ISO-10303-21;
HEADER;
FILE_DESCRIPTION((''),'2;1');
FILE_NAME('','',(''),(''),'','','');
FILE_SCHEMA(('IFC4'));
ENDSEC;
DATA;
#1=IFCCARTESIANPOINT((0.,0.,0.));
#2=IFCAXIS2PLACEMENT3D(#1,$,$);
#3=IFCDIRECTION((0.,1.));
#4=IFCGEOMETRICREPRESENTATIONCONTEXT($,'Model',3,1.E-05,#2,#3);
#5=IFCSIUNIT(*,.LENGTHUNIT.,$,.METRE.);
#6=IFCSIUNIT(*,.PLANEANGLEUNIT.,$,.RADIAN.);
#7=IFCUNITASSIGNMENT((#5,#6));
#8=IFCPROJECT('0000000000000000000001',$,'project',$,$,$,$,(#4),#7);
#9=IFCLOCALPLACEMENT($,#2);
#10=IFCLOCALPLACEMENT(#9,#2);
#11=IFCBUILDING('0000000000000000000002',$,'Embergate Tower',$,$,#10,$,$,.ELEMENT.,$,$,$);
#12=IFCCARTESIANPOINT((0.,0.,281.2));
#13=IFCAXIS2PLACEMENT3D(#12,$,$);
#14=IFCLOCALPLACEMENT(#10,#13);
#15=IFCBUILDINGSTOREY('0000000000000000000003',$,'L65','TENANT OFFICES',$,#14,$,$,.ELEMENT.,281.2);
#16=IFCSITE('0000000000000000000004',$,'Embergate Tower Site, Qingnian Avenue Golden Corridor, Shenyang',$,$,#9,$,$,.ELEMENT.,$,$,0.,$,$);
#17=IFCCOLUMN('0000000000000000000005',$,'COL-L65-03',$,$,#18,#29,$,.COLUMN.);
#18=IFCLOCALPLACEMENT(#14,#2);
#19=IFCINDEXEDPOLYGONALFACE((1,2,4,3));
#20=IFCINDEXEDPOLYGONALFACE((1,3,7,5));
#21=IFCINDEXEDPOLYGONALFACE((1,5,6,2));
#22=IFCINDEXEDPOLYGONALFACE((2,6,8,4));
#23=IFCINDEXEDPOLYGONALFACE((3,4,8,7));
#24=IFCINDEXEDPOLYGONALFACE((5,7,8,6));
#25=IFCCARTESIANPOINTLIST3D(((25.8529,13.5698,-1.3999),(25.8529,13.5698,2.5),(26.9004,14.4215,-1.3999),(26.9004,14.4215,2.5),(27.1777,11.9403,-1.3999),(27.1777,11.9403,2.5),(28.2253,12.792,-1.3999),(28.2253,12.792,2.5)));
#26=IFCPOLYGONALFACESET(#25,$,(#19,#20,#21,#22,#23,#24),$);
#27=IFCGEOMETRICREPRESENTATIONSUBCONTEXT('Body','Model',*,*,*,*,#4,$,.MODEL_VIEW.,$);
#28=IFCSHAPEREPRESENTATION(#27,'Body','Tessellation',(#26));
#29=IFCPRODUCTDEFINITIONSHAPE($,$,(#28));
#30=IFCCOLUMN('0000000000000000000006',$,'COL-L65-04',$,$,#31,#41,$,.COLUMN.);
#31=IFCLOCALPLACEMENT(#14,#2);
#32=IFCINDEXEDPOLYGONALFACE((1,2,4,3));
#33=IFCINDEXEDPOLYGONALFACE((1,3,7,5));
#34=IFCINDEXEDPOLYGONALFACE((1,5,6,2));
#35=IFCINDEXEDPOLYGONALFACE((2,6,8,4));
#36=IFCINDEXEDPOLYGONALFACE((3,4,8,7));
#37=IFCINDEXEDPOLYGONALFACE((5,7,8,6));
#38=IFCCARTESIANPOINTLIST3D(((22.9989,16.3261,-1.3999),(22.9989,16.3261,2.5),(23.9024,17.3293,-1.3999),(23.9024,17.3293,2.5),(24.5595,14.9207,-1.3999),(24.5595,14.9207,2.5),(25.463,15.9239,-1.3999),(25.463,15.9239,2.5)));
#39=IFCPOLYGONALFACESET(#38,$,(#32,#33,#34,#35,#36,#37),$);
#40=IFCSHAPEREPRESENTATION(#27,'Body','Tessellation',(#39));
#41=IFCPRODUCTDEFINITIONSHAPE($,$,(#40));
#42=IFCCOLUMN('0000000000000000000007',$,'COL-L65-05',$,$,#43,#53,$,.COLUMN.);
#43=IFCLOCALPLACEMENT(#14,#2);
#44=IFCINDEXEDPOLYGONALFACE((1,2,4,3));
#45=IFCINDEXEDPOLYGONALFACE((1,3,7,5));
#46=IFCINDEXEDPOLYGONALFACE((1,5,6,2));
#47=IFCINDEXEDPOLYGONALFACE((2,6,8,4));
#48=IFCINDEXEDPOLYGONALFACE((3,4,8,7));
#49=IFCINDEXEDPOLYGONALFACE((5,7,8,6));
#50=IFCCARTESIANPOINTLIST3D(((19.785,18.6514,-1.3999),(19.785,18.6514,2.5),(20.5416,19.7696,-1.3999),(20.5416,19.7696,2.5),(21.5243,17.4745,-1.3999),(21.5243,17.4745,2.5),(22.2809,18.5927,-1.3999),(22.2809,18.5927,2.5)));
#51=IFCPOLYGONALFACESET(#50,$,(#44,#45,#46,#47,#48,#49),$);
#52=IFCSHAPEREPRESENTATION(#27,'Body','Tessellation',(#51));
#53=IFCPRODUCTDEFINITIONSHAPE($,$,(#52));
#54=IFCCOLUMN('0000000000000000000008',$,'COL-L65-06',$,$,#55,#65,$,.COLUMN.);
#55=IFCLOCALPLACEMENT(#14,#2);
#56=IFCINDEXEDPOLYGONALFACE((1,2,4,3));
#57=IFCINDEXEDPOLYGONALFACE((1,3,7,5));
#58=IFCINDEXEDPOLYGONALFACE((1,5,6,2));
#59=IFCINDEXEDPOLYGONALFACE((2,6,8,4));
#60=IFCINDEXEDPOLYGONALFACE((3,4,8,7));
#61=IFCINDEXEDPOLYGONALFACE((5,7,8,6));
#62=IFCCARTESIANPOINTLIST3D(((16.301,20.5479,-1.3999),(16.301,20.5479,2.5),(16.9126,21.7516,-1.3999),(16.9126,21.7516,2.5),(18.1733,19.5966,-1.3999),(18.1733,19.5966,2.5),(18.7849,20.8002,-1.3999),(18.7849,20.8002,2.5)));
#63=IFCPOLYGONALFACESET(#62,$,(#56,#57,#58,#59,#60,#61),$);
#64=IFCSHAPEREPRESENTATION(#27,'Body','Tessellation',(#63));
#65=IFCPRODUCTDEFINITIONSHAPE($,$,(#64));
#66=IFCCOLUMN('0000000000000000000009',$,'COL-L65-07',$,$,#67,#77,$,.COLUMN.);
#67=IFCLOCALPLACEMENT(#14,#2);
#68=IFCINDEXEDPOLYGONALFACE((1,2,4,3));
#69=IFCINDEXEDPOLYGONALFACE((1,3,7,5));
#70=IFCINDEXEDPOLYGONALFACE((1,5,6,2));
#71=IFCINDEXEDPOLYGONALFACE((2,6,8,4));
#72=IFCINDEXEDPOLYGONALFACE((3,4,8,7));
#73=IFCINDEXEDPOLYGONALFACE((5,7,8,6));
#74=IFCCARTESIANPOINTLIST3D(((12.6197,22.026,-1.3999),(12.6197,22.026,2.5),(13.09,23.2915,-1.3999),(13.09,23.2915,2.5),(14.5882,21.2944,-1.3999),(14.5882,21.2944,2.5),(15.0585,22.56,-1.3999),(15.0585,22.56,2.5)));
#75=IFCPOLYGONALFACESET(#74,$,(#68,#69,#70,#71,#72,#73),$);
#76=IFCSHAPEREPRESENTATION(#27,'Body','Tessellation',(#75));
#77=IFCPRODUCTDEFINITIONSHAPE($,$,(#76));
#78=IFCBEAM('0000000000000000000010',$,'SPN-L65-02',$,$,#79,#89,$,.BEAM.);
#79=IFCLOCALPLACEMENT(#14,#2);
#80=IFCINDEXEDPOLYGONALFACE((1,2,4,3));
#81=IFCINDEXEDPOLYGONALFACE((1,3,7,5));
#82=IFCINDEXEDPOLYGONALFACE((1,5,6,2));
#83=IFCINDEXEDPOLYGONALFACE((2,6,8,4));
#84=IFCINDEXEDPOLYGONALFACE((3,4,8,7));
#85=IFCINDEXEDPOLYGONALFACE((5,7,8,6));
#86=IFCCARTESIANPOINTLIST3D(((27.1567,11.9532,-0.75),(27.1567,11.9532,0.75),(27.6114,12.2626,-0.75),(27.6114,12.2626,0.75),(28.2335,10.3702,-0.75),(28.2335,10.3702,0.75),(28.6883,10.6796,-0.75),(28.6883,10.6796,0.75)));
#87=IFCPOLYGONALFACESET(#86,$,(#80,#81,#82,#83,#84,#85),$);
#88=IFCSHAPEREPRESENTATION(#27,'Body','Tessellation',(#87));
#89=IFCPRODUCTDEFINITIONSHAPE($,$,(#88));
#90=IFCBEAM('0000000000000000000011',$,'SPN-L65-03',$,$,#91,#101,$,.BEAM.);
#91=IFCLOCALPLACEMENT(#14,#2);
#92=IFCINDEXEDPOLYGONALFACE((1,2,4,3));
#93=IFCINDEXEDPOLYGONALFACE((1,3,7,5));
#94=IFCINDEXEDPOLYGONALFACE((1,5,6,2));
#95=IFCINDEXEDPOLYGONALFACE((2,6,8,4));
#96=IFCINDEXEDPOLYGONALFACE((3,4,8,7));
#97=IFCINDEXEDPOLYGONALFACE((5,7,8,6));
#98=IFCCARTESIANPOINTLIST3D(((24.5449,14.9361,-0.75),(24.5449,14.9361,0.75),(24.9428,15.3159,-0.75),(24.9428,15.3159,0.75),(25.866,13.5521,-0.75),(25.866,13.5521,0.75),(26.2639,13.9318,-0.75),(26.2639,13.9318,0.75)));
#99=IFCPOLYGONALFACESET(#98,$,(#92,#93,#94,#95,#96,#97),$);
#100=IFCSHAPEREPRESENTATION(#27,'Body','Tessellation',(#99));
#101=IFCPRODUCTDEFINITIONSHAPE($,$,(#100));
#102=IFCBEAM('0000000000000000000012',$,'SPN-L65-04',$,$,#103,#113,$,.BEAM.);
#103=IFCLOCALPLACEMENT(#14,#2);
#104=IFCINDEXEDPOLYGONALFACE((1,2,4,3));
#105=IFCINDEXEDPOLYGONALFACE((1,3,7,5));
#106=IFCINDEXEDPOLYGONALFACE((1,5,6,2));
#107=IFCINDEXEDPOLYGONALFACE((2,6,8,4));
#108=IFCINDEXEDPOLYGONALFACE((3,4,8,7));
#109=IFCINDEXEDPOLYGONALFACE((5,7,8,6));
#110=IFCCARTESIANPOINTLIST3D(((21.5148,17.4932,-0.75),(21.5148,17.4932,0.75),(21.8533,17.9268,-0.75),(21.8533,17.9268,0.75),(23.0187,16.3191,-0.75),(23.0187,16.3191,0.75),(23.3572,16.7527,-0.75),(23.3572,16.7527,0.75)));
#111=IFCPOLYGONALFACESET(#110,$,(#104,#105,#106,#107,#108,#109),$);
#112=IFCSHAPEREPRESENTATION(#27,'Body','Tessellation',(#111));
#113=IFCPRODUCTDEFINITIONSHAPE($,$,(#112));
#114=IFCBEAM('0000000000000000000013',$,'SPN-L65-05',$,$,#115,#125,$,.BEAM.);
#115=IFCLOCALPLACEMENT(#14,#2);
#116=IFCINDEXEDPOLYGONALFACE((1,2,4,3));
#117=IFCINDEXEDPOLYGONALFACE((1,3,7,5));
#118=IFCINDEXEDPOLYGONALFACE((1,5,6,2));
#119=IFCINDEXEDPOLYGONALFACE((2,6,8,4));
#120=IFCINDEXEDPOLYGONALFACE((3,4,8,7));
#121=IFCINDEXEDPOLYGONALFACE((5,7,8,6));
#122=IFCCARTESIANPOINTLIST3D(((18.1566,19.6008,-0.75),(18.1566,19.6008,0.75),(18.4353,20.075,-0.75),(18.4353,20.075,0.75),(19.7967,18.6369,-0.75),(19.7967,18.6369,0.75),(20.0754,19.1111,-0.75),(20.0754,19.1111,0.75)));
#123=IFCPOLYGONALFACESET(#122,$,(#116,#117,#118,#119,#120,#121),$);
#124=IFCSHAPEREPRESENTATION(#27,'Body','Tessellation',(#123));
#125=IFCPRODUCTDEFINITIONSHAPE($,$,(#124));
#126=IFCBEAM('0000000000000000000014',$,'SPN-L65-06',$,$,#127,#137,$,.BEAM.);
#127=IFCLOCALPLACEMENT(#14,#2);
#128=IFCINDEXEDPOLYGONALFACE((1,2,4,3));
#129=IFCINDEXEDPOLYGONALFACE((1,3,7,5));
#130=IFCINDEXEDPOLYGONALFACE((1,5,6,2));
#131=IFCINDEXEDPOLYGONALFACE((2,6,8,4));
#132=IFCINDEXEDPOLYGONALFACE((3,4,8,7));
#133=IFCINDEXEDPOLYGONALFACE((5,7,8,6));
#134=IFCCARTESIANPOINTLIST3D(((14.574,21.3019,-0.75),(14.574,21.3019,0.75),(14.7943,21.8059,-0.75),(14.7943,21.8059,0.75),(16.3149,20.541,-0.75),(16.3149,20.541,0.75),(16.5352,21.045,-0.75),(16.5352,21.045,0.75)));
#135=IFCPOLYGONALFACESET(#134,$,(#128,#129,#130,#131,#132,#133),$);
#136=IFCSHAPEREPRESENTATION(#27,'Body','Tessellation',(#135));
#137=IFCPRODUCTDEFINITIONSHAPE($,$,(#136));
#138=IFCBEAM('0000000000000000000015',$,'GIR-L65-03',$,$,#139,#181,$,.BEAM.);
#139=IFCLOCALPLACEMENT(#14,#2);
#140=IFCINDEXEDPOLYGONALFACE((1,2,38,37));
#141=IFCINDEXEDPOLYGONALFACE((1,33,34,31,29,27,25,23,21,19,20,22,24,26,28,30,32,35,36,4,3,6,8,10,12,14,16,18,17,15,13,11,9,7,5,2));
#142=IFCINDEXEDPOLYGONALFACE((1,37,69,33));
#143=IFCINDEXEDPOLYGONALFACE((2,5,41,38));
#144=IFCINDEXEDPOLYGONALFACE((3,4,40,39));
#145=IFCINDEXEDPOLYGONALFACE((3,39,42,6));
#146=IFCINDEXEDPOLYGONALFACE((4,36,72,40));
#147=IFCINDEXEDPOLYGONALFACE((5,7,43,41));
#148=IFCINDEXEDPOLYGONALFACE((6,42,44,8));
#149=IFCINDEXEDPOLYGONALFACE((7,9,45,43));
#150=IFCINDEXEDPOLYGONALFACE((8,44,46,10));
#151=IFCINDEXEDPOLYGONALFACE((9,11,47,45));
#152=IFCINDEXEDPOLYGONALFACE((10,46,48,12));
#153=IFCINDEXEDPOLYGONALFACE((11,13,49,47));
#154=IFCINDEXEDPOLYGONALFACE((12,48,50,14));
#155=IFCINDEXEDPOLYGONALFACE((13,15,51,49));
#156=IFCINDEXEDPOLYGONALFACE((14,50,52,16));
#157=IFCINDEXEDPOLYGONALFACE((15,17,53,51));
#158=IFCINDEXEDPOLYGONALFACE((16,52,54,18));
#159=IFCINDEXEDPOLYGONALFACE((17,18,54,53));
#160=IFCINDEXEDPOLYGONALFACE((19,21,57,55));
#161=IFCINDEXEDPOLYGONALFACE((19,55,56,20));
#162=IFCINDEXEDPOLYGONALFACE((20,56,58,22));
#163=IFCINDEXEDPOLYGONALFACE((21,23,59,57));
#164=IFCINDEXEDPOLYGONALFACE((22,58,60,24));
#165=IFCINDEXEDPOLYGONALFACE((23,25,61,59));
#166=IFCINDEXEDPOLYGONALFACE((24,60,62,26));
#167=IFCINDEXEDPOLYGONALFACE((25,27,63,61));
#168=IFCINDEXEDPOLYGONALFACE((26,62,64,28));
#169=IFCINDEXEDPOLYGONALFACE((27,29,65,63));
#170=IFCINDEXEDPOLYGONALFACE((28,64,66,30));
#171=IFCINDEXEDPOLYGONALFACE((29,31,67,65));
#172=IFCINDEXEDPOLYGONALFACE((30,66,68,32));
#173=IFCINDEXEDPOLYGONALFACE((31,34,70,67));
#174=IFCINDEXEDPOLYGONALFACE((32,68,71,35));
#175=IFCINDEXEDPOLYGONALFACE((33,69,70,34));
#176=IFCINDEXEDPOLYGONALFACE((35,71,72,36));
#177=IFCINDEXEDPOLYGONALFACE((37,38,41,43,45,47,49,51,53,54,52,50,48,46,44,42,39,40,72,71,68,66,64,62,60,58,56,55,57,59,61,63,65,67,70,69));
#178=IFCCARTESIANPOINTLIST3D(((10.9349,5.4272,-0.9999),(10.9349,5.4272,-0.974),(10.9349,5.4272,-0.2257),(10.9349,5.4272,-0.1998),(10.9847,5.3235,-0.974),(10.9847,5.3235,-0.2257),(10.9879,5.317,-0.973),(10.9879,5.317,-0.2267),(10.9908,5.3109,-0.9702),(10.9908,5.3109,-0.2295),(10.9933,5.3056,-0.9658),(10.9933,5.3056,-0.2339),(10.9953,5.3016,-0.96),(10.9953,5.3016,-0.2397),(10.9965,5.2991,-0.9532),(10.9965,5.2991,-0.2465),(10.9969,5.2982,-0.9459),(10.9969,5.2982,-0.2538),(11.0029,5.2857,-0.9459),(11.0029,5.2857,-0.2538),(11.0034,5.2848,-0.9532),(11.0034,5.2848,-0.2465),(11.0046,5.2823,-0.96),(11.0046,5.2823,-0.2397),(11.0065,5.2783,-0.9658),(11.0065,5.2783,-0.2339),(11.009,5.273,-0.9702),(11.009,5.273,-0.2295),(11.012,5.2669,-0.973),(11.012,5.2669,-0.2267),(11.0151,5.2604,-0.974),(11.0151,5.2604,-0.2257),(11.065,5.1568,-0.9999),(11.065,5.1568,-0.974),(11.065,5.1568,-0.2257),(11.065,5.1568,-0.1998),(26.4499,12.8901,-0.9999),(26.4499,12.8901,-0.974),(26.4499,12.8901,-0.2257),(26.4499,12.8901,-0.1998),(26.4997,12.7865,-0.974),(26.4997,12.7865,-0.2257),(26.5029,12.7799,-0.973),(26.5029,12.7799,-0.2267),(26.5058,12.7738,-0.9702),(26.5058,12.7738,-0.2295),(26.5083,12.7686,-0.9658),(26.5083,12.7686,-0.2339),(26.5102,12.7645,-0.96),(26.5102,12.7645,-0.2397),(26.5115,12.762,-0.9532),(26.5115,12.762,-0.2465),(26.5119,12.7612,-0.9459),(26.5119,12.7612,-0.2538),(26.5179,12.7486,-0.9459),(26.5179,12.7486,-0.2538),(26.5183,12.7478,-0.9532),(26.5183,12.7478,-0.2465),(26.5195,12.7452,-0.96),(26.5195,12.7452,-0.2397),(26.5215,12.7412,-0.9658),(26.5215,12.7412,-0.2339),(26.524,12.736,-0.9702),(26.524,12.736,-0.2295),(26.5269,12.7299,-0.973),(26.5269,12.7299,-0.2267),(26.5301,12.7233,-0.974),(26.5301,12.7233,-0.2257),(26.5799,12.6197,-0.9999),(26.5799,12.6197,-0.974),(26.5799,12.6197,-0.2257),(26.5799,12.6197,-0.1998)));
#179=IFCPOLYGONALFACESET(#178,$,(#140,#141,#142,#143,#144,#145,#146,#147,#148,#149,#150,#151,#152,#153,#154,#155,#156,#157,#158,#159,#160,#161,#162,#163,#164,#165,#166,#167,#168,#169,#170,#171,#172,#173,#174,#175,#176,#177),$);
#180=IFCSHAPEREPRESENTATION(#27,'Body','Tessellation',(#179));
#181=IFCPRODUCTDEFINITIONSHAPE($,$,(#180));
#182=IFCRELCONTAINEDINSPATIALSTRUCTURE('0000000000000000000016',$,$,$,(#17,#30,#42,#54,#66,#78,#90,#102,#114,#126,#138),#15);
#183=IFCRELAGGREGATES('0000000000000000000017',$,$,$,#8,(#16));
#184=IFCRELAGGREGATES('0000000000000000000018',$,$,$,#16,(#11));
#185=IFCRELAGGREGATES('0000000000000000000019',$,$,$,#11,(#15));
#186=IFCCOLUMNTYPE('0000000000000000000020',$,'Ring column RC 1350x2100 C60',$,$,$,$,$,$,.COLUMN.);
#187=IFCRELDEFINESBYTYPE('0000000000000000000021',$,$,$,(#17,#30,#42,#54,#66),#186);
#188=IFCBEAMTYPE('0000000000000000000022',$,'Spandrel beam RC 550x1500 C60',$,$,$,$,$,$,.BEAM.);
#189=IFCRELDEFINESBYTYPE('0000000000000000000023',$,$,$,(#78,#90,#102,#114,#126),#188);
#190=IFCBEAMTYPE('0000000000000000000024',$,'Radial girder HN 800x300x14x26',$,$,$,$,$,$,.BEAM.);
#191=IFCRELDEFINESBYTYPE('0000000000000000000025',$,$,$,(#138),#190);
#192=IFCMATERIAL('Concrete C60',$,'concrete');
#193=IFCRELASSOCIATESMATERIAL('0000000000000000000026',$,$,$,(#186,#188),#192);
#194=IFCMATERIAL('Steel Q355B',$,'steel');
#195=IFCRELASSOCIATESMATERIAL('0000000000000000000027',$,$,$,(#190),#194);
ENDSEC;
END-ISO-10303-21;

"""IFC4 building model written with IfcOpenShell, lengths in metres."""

from ifc_helpers import new_model, si_unit, direction, frame, origin, origin_2d, place, context, subcontext, project, spatial, rectangle, i_section, extrude, source, transform, mapped, material, material_profile, profile_set, type_object, element, save


model = new_model("IFC4")

# Units and contexts
model_context = context("Model", 3, precision=1e-05, world=origin(), true_north=direction((0.0, 1.0)))
body_context = subcontext(model_context, "Body", "Model", "MODEL_VIEW")
ifc_project = project(units=[si_unit("LENGTHUNIT", "METRE"), si_unit("PLANEANGLEUNIT", "RADIAN")], contexts=[model_context])

# Site, building, storey
site_placement = place(None, origin())
site = spatial("IfcSite", under=ifc_project, at=site_placement, Name="Embergate Tower Site, Qingnian Avenue Golden Corridor, Shenyang", CompositionType="ELEMENT", RefElevation=0.0)
building_placement = place(site_placement, origin())
building = spatial("IfcBuilding", under=site, at=building_placement, Name="Embergate Tower", CompositionType="ELEMENT")
storey_placement = place(building_placement, frame((0.0, 0.0, 281.2)))
storey = spatial("IfcBuildingStorey", under=building, at=storey_placement, Name="L65", Description="TENANT OFFICES", CompositionType="ELEMENT", Elevation=281.2)

# Columns
ifc_material_1 = material(Name="Concrete C60", Category="concrete")
ifc_material_profile_1 = material_profile(ifc_material_1, rectangle(XDim=1.3501, YDim=2.1001, at=origin_2d()), Name="RC 1350x2100")
ifc_profile_set_1 = profile_set([ifc_material_profile_1], Name="Concrete C60")
column_type = type_object("IfcColumnType", Name="Ring column RC 1350x2100 C60", PredefinedType="COLUMN", material=ifc_profile_set_1)
shared_shape_1 = source(origin(), body_context, "Body", "SweptSolid", [
    extrude(rectangle(XDim=1.3501, YDim=2.1001, at=origin_2d()), origin(), (0.0, 0.0, 1.0), 3.8999),
])
for number, where, z_axis, x_axis, name in (
    (1, (27.0391, 13.1809, -1.3999), (0.0, 0.0, 1.0), (0.775914, 0.630838, 0.0), "COL-L65-03"),
    (2, (24.231, 16.125, -1.3999), (0.0, 0.0, 1.0), (0.669208, 0.743075, 0.0), "COL-L65-04"),
    (3, (21.033, 18.6221, -1.3999), (0.0, 0.0, 1.0), (0.560393, 0.828227, 0.0), "COL-L65-05"),
    (4, (17.543, 20.6741, -1.3999), (0.0, 0.0, 1.0), (0.452995, 0.891513, 0.0), "COL-L65-06"),
    (5, (13.8391, 22.293, -1.3999), (0.0, 0.0, 1.0), (0.348343, 0.937367, 0.0), "COL-L65-07"),
):
    element("IfcColumn", number, at=place(storey_placement, frame(where, z_axis=z_axis, x_axis=x_axis)), inside=storey, type_object=column_type, Name=name, PredefinedType="COLUMN", context=body_context, shape_type="MappedRepresentation", body=[
        mapped(shared_shape_1, transform((0.0, 0.0, 0.0))),
    ])

# Beams
ifc_material_profile_2 = material_profile(ifc_material_1, rectangle(XDim=0.55, YDim=1.5, at=origin_2d()), Name="RC 550x1500")
ifc_profile_set_2 = profile_set([ifc_material_profile_2], Name="Concrete C60")
beam_type_1 = type_object("IfcBeamType", Name="Spandrel beam RC 550x1500 C60", PredefinedType="BEAM", material=ifc_profile_set_2)
shared_shape_2 = source(origin(), body_context, "Body", "SweptSolid", [
    extrude(rectangle(XDim=0.55, YDim=1.5, at=origin_2d()), origin(), (0.0, 0.0, 1.0), 1.9146),
])
beam_1_placement = place(storey_placement, frame((28.4609, 10.5249, 0.0), z_axis=(-0.562474, 0.826815, 0.0), x_axis=(-0.826815, -0.562474, 0.0)))
element("IfcBeam", 6, at=beam_1_placement, inside=storey, type_object=beam_type_1, Name="SPN-L65-02", PredefinedType="BEAM", context=body_context, shape_type="MappedRepresentation", body=[
    mapped(shared_shape_2, transform((0.0, 0.0, 0.0))),
])
shared_shape_3 = source(origin(), body_context, "Body", "SweptSolid", [
    extrude(rectangle(XDim=0.55, YDim=1.5, at=origin_2d()), origin(), (0.0, 0.0, 1.0), 1.9133),
])
beam_2_placement = place(storey_placement, frame((26.0649, 13.7419, 0.0), z_axis=(-0.690455, 0.723376, 0.0), x_axis=(-0.723376, -0.690455, 0.0)))
element("IfcBeam", 7, at=beam_2_placement, inside=storey, type_object=beam_type_1, Name="SPN-L65-03", PredefinedType="BEAM", context=body_context, shape_type="MappedRepresentation", body=[
    mapped(shared_shape_3, transform((0.0, 0.0, 0.0))),
])
shared_shape_4 = source(origin(), body_context, "Body", "SweptSolid", [
    extrude(rectangle(XDim=0.55, YDim=1.5, at=origin_2d()), origin(), (0.0, 0.0, 1.0), 1.908),
])
beam_3_placement = place(storey_placement, frame((23.188, 16.5359, 0.0), z_axis=(-0.788242, 0.615366, 0.0), x_axis=(-0.615366, -0.788242, 0.0)))
element("IfcBeam", 8, at=beam_3_placement, inside=storey, type_object=beam_type_1, Name="SPN-L65-04", PredefinedType="BEAM", context=body_context, shape_type="MappedRepresentation", body=[
    mapped(shared_shape_4, transform((0.0, 0.0, 0.0))),
])
shared_shape_5 = source(origin(), body_context, "Body", "SweptSolid", [
    extrude(rectangle(XDim=0.55, YDim=1.5, at=origin_2d()), origin(), (0.0, 0.0, 1.0), 1.9023),
])
beam_4_placement = place(storey_placement, frame((19.936, 18.874, 0.0), z_axis=(-0.862145, 0.506661, 0.0), x_axis=(-0.506661, -0.862145, 0.0)))
element("IfcBeam", 9, at=beam_4_placement, inside=storey, type_object=beam_type_1, Name="SPN-L65-05", PredefinedType="BEAM", context=body_context, shape_type="MappedRepresentation", body=[
    mapped(shared_shape_5, transform((0.0, 0.0, 0.0))),
])
shared_shape_6 = source(origin(), body_context, "Body", "SweptSolid", [
    extrude(rectangle(XDim=0.55, YDim=1.5, at=origin_2d()), origin(), (0.0, 0.0, 1.0), 1.8999),
])
beam_5_placement = place(storey_placement, frame((16.425, 20.793, 0.0), z_axis=(-0.91629, 0.400515, 0.0), x_axis=(-0.400515, -0.91629, 0.0)))
element("IfcBeam", 10, at=beam_5_placement, inside=storey, type_object=beam_type_1, Name="SPN-L65-06", PredefinedType="BEAM", context=body_context, shape_type="MappedRepresentation", body=[
    mapped(shared_shape_6, transform((0.0, 0.0, 0.0))),
])
ifc_material_2 = material(Name="Steel Q355B", Category="steel")
ifc_material_profile_3 = material_profile(ifc_material_2, i_section(OverallWidth=0.3, OverallDepth=0.8, WebThickness=0.0139, FlangeThickness=0.0259, FilletRadius=0.0281, at=origin_2d()), Name="HN 800x300x14x26")
ifc_profile_set_3 = profile_set([ifc_material_profile_3], Name="Steel Q355 grade B")
beam_type_2 = type_object("IfcBeamType", Name="Radial girder HN 800x300x14x26", PredefinedType="BEAM", material=ifc_profile_set_3)
shared_shape_7 = source(origin(), body_context, "Body", "SweptSolid", [
    extrude(i_section(OverallWidth=0.3, OverallDepth=0.8, WebThickness=0.0139, FlangeThickness=0.0259, FilletRadius=0.0281, at=origin_2d()), origin(), (0.0, 0.0, 1.0), 17.2166),
])
beam_6_placement = place(storey_placement, frame((26.5149, 12.7549, -0.5999), z_axis=(-0.901166, -0.433474, 0.0), x_axis=(0.433474, -0.901166, 0.0)))
element("IfcBeam", 11, at=beam_6_placement, inside=storey, type_object=beam_type_2, Name="GIR-L65-03", PredefinedType="BEAM", context=body_context, shape_type="MappedRepresentation", body=[
    mapped(shared_shape_7, transform((0.0, 0.0, 0.0))),
])

save(model, "model.ifc")
